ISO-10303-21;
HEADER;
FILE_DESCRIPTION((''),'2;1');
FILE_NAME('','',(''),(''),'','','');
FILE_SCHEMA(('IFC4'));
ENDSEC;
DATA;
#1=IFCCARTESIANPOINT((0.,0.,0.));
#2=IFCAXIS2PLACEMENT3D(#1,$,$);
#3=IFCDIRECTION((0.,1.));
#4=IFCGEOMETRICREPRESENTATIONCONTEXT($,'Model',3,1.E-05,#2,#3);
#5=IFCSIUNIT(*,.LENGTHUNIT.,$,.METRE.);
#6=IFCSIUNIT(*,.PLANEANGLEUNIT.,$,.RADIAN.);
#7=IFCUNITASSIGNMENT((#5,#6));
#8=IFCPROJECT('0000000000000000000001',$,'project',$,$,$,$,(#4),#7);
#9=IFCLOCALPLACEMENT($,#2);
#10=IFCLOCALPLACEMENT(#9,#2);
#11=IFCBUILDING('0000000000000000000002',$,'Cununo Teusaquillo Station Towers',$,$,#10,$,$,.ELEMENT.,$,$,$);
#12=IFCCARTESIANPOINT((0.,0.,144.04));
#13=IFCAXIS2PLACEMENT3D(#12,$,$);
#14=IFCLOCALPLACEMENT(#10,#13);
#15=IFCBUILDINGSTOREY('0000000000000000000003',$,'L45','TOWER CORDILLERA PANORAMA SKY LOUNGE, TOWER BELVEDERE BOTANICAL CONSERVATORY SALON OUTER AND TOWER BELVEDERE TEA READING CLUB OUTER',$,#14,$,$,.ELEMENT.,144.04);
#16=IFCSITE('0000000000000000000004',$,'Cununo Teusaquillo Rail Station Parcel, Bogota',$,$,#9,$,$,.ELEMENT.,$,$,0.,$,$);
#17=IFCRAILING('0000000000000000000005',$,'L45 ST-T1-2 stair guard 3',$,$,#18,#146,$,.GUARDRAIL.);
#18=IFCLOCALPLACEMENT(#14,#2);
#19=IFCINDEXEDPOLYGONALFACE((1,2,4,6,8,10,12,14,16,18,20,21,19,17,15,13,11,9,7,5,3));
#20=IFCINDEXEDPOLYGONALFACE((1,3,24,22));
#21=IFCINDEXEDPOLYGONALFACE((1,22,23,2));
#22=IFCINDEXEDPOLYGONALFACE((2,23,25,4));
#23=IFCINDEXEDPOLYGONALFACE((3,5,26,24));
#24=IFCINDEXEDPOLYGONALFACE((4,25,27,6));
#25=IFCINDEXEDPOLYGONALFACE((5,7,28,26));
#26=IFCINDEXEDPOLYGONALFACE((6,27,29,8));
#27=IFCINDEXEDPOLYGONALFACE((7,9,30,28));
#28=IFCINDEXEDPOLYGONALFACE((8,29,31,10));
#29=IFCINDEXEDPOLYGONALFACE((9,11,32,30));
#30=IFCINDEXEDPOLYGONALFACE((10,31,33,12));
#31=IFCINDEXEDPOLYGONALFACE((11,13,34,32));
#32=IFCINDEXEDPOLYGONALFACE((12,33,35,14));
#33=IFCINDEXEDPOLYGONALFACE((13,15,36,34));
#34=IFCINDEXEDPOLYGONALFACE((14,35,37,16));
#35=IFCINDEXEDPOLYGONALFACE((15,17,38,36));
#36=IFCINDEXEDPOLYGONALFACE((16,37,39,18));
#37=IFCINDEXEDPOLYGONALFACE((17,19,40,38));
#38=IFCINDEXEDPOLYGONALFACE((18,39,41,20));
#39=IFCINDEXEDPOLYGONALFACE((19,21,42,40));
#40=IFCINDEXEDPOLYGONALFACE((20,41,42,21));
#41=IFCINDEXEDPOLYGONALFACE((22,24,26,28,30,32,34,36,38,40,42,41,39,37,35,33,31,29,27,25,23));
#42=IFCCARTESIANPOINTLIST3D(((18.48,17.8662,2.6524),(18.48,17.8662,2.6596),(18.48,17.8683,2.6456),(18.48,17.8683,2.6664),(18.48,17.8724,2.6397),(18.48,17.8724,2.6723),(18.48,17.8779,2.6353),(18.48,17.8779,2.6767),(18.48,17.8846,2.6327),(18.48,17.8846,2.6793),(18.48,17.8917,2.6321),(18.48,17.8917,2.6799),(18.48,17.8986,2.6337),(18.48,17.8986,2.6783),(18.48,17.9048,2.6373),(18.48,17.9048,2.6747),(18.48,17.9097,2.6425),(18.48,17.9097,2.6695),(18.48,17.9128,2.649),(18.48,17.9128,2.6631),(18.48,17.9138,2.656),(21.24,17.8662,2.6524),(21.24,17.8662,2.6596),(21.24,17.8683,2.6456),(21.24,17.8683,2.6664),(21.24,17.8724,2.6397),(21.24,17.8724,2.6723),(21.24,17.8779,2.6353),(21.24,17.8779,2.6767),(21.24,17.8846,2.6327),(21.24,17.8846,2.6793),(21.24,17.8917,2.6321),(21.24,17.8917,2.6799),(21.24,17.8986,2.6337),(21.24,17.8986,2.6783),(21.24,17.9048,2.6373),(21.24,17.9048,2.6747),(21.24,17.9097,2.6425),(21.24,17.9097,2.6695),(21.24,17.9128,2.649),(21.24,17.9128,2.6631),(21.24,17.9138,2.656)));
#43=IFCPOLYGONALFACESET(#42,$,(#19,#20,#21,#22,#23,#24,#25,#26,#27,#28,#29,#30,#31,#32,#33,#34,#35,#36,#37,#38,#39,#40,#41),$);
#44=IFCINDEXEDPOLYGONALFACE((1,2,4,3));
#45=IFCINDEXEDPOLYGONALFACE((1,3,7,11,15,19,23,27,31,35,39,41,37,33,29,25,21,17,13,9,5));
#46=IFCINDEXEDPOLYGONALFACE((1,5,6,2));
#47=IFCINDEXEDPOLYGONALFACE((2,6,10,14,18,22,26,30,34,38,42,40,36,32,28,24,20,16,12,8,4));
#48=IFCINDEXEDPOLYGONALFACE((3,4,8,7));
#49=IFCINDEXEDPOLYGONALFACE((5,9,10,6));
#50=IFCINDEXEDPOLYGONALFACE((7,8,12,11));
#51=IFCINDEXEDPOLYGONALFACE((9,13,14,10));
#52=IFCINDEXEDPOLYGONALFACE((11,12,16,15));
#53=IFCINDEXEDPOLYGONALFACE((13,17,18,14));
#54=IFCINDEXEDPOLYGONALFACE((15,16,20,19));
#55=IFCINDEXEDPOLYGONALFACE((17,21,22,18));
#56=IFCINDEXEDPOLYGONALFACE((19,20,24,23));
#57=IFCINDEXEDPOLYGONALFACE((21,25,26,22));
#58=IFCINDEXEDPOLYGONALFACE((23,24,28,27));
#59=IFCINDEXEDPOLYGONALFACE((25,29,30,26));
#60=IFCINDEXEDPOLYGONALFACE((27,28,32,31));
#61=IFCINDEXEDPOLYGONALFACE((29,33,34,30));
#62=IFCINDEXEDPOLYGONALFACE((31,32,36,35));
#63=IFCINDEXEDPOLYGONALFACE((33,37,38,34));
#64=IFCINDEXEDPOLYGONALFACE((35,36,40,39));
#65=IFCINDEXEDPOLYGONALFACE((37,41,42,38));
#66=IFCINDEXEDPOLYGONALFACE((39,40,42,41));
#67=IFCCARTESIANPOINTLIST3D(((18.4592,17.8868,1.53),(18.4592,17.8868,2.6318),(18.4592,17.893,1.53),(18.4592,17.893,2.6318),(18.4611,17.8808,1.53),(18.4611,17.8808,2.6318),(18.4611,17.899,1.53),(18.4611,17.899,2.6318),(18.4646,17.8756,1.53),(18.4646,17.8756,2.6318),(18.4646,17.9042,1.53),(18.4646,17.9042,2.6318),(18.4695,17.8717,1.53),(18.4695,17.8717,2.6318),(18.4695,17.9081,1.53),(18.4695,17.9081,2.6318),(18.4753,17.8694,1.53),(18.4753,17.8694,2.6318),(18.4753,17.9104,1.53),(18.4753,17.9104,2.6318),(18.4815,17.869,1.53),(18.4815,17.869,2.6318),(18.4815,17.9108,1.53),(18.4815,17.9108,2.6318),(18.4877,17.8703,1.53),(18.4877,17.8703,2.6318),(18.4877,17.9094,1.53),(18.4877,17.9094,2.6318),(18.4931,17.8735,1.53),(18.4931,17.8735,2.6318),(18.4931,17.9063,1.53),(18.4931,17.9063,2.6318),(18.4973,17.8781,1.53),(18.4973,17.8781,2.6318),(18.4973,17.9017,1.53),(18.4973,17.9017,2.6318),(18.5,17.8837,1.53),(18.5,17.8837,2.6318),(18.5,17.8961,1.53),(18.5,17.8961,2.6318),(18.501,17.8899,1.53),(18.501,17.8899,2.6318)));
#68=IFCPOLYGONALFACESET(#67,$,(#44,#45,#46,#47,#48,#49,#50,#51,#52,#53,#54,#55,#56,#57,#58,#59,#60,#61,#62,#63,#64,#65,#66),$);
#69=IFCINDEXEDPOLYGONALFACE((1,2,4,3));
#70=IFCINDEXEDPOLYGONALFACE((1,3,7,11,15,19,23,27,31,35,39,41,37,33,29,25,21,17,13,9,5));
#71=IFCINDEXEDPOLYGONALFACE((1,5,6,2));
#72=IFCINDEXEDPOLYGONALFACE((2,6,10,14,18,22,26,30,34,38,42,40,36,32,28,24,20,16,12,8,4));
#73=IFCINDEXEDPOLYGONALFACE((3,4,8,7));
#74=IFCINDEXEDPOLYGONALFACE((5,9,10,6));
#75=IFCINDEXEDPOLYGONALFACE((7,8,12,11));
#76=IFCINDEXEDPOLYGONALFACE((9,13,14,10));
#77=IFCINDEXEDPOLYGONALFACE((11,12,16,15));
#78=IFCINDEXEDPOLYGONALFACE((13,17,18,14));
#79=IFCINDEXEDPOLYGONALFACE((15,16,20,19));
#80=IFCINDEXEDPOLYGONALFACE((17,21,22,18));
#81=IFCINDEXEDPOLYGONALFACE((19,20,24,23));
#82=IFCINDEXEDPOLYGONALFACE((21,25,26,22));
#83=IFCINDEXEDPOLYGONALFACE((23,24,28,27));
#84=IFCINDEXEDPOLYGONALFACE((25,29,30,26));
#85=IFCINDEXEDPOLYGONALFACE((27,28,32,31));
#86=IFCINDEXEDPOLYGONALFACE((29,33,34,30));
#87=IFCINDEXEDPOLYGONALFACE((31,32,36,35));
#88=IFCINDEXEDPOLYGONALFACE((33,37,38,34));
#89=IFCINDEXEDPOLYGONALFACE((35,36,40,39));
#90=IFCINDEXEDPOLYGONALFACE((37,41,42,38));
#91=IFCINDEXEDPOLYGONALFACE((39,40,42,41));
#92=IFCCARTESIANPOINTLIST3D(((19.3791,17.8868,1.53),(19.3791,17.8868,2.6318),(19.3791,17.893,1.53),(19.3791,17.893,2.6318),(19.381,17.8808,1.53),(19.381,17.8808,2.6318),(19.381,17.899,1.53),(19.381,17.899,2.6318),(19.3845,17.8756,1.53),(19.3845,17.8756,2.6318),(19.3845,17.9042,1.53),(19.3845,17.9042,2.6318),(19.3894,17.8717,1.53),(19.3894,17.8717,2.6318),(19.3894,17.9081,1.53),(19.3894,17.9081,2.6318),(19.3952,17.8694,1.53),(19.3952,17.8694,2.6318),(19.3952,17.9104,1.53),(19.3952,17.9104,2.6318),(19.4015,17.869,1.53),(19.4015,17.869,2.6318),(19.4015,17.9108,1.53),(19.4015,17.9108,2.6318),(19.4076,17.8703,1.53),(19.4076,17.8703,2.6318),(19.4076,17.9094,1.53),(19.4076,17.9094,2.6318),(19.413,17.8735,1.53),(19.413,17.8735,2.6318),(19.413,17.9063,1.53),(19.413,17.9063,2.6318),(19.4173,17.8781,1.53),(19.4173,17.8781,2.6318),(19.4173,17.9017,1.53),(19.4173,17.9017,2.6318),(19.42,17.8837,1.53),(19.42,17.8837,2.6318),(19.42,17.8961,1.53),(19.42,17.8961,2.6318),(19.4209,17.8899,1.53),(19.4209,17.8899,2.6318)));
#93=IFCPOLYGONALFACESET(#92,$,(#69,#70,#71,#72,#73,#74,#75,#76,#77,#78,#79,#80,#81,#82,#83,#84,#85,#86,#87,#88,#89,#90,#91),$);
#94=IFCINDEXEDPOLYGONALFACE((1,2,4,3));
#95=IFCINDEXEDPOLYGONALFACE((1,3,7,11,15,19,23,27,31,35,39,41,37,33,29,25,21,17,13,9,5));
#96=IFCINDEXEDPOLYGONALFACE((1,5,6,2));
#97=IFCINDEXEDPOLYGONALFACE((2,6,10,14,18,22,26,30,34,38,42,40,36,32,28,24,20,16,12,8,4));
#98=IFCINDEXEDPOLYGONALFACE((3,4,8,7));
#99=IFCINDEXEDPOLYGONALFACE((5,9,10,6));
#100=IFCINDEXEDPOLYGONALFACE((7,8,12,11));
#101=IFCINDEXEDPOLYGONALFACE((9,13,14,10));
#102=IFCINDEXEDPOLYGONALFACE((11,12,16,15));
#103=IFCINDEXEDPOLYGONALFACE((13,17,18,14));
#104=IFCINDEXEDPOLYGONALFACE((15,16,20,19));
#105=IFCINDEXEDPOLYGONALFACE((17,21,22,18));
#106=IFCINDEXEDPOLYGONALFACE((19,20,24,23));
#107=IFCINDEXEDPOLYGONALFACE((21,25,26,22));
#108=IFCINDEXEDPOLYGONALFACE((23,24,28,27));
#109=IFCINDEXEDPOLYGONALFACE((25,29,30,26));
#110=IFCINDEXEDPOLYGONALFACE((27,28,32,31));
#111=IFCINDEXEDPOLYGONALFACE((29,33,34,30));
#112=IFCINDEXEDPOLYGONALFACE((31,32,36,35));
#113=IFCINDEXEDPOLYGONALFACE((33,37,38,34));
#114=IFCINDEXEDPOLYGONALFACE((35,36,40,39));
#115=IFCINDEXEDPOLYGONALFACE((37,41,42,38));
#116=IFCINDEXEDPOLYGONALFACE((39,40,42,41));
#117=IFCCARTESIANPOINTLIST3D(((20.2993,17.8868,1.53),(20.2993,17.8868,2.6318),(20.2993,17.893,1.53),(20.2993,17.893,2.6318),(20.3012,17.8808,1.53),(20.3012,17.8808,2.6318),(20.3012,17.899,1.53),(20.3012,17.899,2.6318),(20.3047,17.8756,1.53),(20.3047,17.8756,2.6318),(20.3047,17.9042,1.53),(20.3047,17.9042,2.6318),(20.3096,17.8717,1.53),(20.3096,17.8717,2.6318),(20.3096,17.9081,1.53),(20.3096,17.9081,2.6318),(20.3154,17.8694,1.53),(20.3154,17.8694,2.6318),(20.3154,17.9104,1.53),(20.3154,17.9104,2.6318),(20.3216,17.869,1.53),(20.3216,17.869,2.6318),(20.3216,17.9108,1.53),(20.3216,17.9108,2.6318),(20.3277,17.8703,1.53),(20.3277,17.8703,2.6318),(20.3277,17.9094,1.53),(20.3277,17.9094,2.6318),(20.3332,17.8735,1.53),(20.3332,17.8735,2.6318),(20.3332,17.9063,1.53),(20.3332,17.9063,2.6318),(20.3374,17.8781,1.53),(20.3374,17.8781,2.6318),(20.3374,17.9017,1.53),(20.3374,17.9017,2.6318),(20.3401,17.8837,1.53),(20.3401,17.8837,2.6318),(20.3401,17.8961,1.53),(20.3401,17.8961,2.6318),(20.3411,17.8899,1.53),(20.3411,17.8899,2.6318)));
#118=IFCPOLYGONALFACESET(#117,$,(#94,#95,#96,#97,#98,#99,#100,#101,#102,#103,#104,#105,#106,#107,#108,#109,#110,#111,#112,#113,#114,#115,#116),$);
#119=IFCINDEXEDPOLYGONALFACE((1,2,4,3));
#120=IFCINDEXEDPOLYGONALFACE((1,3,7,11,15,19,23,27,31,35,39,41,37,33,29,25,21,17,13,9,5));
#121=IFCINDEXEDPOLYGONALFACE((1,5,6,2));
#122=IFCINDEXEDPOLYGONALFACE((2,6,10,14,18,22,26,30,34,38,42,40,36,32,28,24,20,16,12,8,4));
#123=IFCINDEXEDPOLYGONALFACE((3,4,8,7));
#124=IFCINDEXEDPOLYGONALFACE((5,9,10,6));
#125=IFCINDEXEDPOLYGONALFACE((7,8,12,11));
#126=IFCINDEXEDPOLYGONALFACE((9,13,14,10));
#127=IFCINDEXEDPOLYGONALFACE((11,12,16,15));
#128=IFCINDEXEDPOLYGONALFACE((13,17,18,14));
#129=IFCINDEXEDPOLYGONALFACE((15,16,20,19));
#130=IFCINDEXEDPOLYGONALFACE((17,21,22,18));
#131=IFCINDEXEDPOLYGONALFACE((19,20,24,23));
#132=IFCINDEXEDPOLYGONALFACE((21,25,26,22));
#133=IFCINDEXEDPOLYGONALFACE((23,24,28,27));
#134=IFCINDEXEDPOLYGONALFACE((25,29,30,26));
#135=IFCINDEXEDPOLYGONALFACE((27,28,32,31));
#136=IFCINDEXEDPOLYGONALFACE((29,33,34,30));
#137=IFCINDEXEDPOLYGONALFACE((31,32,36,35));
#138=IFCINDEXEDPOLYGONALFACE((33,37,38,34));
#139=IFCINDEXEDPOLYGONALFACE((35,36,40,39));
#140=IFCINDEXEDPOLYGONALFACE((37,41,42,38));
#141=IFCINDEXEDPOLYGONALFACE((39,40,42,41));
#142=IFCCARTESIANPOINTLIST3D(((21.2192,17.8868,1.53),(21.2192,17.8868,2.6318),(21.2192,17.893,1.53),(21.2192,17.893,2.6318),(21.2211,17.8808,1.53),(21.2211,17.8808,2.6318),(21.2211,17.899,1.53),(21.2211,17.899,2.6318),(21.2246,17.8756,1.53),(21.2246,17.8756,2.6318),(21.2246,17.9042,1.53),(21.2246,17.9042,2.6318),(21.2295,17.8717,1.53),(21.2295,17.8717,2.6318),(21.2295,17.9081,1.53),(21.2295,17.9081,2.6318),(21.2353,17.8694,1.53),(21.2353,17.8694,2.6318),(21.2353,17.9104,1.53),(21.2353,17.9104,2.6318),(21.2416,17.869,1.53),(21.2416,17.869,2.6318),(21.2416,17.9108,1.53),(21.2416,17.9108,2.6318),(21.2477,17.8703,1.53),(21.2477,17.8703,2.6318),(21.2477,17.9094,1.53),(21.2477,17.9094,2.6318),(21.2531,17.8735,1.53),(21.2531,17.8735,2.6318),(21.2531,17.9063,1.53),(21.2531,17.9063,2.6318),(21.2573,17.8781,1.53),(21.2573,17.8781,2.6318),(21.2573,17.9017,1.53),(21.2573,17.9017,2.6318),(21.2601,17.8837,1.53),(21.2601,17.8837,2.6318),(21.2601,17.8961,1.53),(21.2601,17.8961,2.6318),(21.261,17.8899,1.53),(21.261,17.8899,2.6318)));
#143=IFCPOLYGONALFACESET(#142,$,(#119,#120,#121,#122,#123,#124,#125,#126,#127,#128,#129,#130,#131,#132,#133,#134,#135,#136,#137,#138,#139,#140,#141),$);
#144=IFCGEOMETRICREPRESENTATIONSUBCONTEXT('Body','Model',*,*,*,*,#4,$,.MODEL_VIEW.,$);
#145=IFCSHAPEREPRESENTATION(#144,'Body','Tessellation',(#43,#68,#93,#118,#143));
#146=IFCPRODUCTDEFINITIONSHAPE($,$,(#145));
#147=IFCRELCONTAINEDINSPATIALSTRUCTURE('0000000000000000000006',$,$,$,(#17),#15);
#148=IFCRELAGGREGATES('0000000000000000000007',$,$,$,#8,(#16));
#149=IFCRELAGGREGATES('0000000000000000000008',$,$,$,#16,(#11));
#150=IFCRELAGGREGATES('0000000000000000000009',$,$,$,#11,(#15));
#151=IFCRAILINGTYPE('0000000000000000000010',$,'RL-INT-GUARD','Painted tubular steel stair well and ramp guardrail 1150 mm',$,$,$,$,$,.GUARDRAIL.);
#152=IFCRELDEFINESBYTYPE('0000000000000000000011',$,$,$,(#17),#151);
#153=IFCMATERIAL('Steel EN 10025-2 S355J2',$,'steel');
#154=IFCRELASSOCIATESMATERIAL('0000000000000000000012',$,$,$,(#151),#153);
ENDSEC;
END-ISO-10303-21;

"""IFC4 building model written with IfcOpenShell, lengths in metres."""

from ifc_helpers import new_model, si_unit, direction, frame, origin, origin_2d, place, context, subcontext, project, spatial, circle, extrude, material, type_object, element, save


model = new_model("IFC4")

# Units and contexts
model_context = context("Model", 3, precision=1e-05, world=origin(), true_north=direction((0.0, 1.0)))
body_context = subcontext(model_context, "Body", "Model", "MODEL_VIEW")
ifc_project = project(units=[si_unit("LENGTHUNIT", "METRE"), si_unit("PLANEANGLEUNIT", "RADIAN")], contexts=[model_context])

# Site, building, storey
site_placement = place(None, origin())
site = spatial("IfcSite", under=ifc_project, at=site_placement, Name="Cununo Teusaquillo Rail Station Parcel, Bogota", CompositionType="ELEMENT", RefElevation=0.0)
building_placement = place(site_placement, origin())
building = spatial("IfcBuilding", under=site, at=building_placement, Name="Cununo Teusaquillo Station Towers", CompositionType="ELEMENT")
storey_placement = place(building_placement, frame((0.0, 0.0, 144.04)))
storey = spatial("IfcBuildingStorey", under=building, at=storey_placement, Name="L45", Description="TOWER CORDILLERA PANORAMA SKY LOUNGE, TOWER BELVEDERE BOTANICAL CONSERVATORY SALON OUTER AND TOWER BELVEDERE TEA READING CLUB OUTER", CompositionType="ELEMENT", Elevation=144.04)

# Railing
ifc_material_1 = material(Name="Steel EN 10025-2 S355J2", Category="steel")
railing_type_1 = type_object("IfcRailingType", Name="RL-INT-GUARD", Description="Painted tubular steel stair well and ramp guardrail 1150 mm", PredefinedType="GUARDRAIL", material=ifc_material_1)
railing_1_placement = place(storey_placement, frame((18.48, 17.8899, 1.53)))
element("IfcRailing", 1, at=railing_1_placement, inside=storey, type_object=railing_type_1, Name="L45 ST-T1-2 stair guard 3", PredefinedType="GUARDRAIL", context=body_context, shape_type="SweptSolid", body=[
    extrude(circle(Radius=0.0239, at=origin_2d()), frame((0.0, 0.0, 1.126), z_axis=(1.0, 0.0, 0.0), x_axis=(0.0, 1.0, 0.0)), (0.0, 0.0, 1.0), 2.76),
    extrude(circle(Radius=0.021, at=origin_2d()), origin(), (0.0, 0.0, 1.0), 1.1018),
    extrude(circle(Radius=0.021, at=origin_2d()), frame((0.9199, 0.0, 0.0)), (0.0, 0.0, 1.0), 1.1018),
    extrude(circle(Radius=0.021, at=origin_2d()), frame((1.8401, 0.0, 0.0)), (0.0, 0.0, 1.0), 1.1018),
    extrude(circle(Radius=0.021, at=origin_2d()), frame((2.76, 0.0, 0.0)), (0.0, 0.0, 1.0), 1.1018),
])

save(model, "model.ifc")
